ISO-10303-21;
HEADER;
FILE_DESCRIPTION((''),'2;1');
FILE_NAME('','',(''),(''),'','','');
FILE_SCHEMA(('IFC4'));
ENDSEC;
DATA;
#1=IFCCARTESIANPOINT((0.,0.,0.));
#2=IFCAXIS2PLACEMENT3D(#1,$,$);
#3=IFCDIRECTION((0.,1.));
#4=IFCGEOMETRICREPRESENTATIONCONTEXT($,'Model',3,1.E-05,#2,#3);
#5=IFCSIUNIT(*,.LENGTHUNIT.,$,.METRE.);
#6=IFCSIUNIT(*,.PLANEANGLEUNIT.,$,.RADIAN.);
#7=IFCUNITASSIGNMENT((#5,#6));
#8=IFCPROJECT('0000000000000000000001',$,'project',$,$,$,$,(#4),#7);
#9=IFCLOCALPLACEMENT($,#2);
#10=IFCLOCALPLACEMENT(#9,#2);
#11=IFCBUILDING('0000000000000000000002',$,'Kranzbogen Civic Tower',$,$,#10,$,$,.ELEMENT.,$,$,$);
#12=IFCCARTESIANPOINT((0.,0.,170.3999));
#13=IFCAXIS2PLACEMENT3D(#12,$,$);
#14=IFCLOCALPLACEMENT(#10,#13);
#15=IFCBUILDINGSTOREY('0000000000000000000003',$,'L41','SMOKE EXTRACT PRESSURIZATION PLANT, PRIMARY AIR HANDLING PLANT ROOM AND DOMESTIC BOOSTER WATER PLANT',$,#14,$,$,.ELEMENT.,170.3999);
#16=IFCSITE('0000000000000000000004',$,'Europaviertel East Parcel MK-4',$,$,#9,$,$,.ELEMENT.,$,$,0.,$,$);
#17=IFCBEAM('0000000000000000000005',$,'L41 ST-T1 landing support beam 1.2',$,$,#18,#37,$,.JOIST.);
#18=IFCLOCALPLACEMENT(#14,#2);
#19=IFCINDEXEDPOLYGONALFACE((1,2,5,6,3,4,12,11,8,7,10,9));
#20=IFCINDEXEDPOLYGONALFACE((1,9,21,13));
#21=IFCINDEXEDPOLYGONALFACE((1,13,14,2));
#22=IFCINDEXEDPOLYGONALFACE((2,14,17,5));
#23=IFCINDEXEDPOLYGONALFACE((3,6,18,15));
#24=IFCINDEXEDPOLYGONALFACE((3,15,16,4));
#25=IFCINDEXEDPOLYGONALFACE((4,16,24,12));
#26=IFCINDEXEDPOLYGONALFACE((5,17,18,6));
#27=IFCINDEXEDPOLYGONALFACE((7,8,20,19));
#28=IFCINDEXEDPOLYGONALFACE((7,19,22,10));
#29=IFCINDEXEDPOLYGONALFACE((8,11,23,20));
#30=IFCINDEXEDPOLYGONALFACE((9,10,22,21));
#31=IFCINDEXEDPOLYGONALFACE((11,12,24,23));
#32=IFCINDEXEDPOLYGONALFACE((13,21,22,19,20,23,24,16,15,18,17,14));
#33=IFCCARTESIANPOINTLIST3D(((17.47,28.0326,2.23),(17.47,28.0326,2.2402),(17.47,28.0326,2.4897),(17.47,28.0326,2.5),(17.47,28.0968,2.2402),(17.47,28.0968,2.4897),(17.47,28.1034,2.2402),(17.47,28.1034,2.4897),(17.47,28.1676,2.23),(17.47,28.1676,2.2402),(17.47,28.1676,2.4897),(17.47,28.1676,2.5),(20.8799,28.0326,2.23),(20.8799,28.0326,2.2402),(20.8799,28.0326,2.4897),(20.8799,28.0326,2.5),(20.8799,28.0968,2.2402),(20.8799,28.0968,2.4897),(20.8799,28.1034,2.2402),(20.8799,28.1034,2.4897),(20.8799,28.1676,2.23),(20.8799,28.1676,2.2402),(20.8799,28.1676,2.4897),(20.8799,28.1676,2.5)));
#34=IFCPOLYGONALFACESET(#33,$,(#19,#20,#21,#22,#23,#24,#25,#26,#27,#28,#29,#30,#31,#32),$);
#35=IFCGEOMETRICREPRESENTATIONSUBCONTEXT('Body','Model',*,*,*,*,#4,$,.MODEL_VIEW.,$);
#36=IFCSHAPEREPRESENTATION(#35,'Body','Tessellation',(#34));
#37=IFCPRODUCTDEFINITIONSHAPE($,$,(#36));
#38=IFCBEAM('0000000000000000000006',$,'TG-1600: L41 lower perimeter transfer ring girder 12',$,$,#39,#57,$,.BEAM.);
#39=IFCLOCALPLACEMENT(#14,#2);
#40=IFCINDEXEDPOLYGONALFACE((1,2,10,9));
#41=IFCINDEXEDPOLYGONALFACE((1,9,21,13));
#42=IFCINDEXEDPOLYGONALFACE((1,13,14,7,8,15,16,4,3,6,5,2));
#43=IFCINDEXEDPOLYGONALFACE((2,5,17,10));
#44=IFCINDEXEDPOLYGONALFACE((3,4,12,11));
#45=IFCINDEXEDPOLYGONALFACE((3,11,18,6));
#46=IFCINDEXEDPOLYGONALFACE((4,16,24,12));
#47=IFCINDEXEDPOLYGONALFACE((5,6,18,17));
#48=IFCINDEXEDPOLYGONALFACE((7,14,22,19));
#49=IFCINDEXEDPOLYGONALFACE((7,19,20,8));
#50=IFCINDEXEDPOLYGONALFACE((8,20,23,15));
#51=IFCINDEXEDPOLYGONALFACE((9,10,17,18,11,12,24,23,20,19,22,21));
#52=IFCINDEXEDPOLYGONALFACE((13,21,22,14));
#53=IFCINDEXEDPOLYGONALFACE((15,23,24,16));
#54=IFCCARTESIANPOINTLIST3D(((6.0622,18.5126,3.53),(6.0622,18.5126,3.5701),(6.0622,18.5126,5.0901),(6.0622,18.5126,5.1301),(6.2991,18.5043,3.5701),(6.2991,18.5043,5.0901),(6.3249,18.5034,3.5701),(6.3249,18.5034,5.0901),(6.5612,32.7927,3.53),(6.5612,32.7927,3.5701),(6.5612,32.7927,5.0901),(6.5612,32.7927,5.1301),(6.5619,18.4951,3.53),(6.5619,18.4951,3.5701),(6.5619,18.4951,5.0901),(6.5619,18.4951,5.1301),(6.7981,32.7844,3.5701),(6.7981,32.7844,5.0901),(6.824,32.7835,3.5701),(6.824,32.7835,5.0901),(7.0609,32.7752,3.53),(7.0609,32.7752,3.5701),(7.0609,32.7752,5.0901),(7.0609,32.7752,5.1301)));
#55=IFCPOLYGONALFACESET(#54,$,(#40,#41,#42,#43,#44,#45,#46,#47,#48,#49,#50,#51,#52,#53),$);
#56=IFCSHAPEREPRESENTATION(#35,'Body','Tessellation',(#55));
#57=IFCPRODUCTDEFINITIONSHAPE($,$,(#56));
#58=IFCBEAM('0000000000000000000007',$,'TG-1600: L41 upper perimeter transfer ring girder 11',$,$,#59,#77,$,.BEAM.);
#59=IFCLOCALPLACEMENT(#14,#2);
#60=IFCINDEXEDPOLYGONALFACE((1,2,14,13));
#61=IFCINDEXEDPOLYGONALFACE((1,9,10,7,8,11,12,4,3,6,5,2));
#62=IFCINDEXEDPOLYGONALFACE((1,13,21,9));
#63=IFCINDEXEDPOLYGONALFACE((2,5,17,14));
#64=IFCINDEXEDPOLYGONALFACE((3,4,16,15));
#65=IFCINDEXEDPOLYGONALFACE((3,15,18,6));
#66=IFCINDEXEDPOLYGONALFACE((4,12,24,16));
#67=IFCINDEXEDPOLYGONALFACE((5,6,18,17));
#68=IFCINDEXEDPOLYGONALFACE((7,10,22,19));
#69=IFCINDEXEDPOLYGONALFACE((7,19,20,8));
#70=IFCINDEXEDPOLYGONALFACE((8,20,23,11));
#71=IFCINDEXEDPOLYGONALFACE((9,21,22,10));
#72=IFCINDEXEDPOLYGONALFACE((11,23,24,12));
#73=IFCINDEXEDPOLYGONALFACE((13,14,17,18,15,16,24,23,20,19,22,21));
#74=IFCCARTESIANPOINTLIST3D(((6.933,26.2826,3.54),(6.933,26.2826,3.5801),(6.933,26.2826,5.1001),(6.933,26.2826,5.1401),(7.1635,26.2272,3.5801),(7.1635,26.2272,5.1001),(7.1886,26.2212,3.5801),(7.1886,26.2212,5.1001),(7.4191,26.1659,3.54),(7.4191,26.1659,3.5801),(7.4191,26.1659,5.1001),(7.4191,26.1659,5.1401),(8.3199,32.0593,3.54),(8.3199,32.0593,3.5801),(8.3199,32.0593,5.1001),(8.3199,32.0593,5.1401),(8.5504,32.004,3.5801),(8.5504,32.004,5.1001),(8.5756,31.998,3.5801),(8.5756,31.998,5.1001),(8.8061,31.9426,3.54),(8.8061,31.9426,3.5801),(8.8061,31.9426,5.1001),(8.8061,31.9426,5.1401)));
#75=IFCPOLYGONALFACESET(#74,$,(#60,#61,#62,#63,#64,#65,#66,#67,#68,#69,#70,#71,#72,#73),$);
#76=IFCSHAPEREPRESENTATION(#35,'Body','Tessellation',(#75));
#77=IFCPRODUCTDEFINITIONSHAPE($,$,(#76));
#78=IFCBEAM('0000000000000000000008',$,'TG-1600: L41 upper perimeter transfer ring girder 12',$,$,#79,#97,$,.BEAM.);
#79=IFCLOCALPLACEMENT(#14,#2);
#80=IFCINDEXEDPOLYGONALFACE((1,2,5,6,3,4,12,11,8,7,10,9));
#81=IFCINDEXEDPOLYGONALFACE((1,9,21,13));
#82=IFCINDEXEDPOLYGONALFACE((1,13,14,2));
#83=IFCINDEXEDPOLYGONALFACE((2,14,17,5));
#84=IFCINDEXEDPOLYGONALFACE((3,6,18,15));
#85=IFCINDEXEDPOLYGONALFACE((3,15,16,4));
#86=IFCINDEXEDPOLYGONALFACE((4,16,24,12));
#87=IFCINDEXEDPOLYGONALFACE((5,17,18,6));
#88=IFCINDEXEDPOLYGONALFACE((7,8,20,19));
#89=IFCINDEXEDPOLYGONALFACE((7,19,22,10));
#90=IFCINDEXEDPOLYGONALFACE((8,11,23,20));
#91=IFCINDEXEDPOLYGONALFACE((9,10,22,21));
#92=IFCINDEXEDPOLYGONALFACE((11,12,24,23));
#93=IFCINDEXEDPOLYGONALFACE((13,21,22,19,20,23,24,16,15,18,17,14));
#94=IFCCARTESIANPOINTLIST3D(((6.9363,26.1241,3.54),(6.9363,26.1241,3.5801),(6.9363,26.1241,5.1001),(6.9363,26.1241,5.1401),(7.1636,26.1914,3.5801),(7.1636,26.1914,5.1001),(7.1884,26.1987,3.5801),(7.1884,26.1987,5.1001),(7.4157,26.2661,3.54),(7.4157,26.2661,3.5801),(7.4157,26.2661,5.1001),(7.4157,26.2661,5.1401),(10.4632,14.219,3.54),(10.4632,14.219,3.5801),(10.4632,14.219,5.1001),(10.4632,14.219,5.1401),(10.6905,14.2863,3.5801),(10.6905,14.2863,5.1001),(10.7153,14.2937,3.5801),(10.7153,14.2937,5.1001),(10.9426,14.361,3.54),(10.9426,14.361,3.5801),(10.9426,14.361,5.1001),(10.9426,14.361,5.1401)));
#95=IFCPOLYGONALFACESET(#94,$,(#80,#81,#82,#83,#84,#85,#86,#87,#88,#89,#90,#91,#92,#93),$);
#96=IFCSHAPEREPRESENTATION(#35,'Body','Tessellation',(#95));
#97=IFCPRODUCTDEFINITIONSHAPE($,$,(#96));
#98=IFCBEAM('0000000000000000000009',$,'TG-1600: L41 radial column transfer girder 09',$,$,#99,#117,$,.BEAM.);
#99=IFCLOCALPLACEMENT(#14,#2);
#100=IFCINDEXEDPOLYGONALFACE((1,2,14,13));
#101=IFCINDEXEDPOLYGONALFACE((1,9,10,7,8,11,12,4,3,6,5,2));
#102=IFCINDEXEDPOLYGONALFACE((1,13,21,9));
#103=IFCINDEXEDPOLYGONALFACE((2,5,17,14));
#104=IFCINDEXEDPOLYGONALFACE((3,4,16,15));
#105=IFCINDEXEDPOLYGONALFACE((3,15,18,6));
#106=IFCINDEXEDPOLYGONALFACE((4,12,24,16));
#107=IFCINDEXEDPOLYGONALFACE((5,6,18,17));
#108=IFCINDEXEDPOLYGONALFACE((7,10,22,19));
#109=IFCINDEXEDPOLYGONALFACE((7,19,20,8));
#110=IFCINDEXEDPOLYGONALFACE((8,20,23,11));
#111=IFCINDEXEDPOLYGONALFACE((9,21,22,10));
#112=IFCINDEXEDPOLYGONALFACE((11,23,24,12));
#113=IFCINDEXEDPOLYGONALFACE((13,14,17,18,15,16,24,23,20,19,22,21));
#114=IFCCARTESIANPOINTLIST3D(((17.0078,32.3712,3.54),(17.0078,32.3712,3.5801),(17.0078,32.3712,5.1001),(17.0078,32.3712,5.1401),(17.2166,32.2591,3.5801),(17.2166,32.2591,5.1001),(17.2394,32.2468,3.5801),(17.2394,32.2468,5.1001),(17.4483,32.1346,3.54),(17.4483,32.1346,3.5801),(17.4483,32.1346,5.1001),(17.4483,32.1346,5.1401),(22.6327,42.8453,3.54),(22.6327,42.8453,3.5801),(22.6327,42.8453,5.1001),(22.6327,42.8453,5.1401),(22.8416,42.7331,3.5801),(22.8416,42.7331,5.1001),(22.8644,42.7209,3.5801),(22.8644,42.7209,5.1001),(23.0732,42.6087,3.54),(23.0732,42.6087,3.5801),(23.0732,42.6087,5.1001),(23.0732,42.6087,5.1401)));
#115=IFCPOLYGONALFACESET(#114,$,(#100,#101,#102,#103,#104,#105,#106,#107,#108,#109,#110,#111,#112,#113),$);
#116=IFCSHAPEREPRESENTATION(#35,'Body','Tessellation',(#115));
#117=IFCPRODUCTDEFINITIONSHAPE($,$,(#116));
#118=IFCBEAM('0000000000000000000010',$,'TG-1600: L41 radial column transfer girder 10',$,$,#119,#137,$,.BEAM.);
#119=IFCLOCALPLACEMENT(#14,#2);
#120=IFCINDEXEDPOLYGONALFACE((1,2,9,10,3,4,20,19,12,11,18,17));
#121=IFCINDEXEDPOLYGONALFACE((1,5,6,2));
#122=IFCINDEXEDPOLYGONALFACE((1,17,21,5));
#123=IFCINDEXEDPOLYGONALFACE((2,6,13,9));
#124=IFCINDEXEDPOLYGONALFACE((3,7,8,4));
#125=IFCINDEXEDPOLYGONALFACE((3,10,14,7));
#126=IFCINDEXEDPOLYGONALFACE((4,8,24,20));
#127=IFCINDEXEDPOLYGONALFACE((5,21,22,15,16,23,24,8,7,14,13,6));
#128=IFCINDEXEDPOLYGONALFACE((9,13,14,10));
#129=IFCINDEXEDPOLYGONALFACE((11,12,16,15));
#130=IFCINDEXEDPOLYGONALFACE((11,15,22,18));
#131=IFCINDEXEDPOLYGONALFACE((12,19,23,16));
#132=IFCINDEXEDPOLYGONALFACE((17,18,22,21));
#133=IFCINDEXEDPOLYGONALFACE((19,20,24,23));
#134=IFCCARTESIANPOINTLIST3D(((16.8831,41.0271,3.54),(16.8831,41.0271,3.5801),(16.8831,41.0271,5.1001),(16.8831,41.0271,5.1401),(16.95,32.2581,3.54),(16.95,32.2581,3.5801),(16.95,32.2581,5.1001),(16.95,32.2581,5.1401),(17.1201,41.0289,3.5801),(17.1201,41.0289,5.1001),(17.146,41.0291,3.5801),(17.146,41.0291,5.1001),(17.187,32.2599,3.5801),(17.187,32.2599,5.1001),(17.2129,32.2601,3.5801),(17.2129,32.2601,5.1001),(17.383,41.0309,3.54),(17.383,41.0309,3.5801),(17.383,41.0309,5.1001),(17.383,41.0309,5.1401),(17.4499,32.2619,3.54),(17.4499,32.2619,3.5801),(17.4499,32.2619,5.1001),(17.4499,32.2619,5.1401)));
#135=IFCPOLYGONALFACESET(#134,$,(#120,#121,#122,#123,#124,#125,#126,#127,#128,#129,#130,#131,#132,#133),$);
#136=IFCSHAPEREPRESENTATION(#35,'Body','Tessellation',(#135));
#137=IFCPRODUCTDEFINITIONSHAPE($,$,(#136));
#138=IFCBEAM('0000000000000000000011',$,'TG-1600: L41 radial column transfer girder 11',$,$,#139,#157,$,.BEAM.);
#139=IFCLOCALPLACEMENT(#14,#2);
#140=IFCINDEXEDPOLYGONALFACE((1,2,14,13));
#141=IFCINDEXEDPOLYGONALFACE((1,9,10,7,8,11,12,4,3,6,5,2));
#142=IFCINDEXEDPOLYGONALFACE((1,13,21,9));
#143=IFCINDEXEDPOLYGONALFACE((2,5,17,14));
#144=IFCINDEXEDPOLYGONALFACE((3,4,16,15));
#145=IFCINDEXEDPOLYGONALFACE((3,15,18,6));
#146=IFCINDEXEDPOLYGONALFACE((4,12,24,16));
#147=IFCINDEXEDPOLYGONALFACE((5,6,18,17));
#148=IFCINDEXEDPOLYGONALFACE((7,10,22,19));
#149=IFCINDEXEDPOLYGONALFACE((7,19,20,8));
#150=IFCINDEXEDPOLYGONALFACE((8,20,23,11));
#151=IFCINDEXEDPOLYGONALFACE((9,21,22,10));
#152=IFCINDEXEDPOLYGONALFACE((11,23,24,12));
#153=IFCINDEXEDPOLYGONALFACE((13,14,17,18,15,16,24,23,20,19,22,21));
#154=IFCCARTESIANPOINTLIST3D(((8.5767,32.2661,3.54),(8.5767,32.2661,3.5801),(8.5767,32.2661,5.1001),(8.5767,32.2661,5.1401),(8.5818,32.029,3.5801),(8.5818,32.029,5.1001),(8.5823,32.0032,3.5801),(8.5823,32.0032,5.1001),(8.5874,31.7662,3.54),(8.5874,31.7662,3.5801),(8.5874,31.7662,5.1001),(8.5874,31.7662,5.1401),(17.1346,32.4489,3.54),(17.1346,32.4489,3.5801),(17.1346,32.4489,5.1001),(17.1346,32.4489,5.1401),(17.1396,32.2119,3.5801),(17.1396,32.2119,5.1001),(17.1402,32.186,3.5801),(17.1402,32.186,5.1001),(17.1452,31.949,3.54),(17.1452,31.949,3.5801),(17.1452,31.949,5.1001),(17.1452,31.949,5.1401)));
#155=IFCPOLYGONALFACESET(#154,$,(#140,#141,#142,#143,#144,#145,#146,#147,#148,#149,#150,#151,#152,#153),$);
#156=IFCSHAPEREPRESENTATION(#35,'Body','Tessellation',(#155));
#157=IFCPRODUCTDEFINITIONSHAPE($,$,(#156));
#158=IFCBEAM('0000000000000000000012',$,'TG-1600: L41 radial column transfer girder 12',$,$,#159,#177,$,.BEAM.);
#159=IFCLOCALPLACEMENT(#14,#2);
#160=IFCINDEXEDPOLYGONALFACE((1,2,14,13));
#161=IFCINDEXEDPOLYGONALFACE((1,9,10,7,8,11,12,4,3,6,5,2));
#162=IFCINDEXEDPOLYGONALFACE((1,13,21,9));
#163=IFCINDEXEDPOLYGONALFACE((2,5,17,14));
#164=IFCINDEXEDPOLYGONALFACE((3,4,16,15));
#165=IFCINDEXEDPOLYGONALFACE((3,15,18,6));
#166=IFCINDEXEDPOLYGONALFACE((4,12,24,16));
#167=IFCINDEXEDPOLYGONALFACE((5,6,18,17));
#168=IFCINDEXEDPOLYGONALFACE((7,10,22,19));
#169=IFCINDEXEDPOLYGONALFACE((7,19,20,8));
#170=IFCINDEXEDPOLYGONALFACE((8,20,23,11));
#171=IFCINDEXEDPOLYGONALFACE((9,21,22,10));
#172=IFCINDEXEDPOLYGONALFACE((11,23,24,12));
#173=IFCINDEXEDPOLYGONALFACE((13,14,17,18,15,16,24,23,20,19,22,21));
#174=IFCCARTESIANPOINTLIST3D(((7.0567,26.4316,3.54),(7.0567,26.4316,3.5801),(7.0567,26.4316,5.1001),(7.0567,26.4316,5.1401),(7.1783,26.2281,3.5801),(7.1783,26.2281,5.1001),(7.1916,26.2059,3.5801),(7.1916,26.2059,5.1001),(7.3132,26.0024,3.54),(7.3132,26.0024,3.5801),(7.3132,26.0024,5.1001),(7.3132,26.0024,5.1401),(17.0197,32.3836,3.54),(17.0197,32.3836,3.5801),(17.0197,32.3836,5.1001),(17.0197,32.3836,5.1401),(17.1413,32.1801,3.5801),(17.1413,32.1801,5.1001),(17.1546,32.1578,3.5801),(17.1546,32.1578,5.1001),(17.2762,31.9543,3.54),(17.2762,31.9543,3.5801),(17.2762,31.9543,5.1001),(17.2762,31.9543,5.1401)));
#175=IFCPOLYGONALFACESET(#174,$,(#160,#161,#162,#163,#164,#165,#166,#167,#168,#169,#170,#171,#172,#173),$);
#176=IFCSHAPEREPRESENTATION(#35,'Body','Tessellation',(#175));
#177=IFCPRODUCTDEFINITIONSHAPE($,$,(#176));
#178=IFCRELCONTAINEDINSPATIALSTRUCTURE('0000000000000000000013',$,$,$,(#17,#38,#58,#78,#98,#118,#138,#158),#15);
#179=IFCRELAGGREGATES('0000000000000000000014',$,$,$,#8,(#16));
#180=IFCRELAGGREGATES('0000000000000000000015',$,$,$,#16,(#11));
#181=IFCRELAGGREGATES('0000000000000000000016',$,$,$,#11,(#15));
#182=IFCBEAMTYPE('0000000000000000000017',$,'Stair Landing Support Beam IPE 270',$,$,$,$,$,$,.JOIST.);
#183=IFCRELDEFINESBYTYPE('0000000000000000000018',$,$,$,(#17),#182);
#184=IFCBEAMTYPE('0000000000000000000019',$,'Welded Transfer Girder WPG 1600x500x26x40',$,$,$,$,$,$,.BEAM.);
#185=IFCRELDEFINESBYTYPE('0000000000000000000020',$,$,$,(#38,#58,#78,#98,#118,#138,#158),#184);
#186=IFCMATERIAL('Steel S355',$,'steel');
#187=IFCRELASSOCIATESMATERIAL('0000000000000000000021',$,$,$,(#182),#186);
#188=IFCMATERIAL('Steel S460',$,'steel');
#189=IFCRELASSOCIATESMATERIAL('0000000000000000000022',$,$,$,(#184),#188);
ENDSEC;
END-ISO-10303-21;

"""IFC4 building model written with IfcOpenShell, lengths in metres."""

from ifc_helpers import new_model, si_unit, direction, frame, origin, origin_2d, place, context, subcontext, project, spatial, i_section, extrude, material, material_profile, profile_set, type_object, element, save


model = new_model("IFC4")

# Units and contexts
model_context = context("Model", 3, precision=1e-05, world=origin(), true_north=direction((0.0, 1.0)))
body_context = subcontext(model_context, "Body", "Model", "MODEL_VIEW")
ifc_project = project(units=[si_unit("LENGTHUNIT", "METRE"), si_unit("PLANEANGLEUNIT", "RADIAN")], contexts=[model_context])

# Site, building, storey
site_placement = place(None, origin())
site = spatial("IfcSite", under=ifc_project, at=site_placement, Name="Europaviertel East Parcel MK-4", CompositionType="ELEMENT", RefElevation=0.0)
building_placement = place(site_placement, origin())
building = spatial("IfcBuilding", under=site, at=building_placement, Name="Kranzbogen Civic Tower", CompositionType="ELEMENT")
storey_placement = place(building_placement, frame((0.0, 0.0, 170.3999)))
storey = spatial("IfcBuildingStorey", under=building, at=storey_placement, Name="L41", Description="SMOKE EXTRACT PRESSURIZATION PLANT, PRIMARY AIR HANDLING PLANT ROOM AND DOMESTIC BOOSTER WATER PLANT", CompositionType="ELEMENT", Elevation=170.3999)

# Shared definitions
ifc_material_1 = material(Name="Steel S460", Category="steel")

# Shared definitions
ifc_material_2 = material(Name="Steel S355", Category="steel")

# Beams
ifc_material_profile_1 = material_profile(ifc_material_2, i_section(OverallWidth=0.135, OverallDepth=0.27, WebThickness=0.0066, FlangeThickness=0.0103, at=origin_2d()), Name="IPE 270")
ifc_profile_set_1 = profile_set([ifc_material_profile_1], Name="Steel S355")
beam_type_1 = type_object("IfcBeamType", Name="Stair Landing Support Beam IPE 270", PredefinedType="JOIST", material=ifc_profile_set_1)
for number, where, z_axis, x_axis, name in (
    (1, (20.8799, 28.1001, 2.365), (-1.0, 0.0, 0.0), (0.0, -1.0, 0.0), "L41 ST-T1 landing support beam 1.2"),
):
    element("IfcBeam", number, at=place(storey_placement, frame(where, z_axis=z_axis, x_axis=x_axis)), inside=storey, type_object=beam_type_1, Name=name, PredefinedType="JOIST", context=body_context, shape_type="SweptSolid", body=[
        extrude(i_section(OverallWidth=0.135, OverallDepth=0.27, WebThickness=0.0066, FlangeThickness=0.0103, at=origin_2d()), origin(), (0.0, 0.0, 1.0), 3.4099),
    ])
ifc_material_profile_2 = material_profile(ifc_material_1, i_section(OverallWidth=0.5, OverallDepth=1.6001, WebThickness=0.0259, FlangeThickness=0.04, at=origin_2d()), Name="WPG 1600x500x26x40")
ifc_profile_set_2 = profile_set([ifc_material_profile_2], Name="Steel S460")
beam_type_2 = type_object("IfcBeamType", Name="Welded Transfer Girder WPG 1600x500x26x40", PredefinedType="BEAM", material=ifc_profile_set_2)
beam_1_placement = place(storey_placement, frame((6.811, 32.7839, 4.3301), z_axis=(-0.034924, -0.99939, 0.0), x_axis=(0.99939, -0.034924, 0.0)))
element("IfcBeam", 2, at=beam_1_placement, inside=storey, type_object=beam_type_2, Name="TG-1600: L41 lower perimeter transfer ring girder 12", PredefinedType="BEAM", context=body_context, shape_type="SweptSolid", body=[
    extrude(i_section(OverallWidth=0.5, OverallDepth=1.6001, WebThickness=0.0259, FlangeThickness=0.04, at=origin_2d()), origin(), (0.0, 0.0, 1.0), 14.2888),
])
beam_2_placement = place(storey_placement, frame((8.563, 32.001, 4.3401), z_axis=(-0.233455, -0.972368, 0.0), x_axis=(0.972368, -0.233455, 0.0)))
element("IfcBeam", 3, at=beam_2_placement, inside=storey, type_object=beam_type_2, Name="TG-1600: L41 upper perimeter transfer ring girder 11", PredefinedType="BEAM", context=body_context, shape_type="SweptSolid", body=[
    extrude(i_section(OverallWidth=0.5, OverallDepth=1.6001, WebThickness=0.0259, FlangeThickness=0.04, at=origin_2d()), origin(), (0.0, 0.0, 1.0), 5.9409),
])
beam_3_placement = place(storey_placement, frame((7.176, 26.1951, 4.3401), z_axis=(0.284047, -0.95881, 0.0), x_axis=(0.95881, 0.284047, 0.0)))
element("IfcBeam", 4, at=beam_3_placement, inside=storey, type_object=beam_type_2, Name="TG-1600: L41 upper perimeter transfer ring girder 12", PredefinedType="BEAM", context=body_context, shape_type="SweptSolid", body=[
    extrude(i_section(OverallWidth=0.5, OverallDepth=1.6001, WebThickness=0.0259, FlangeThickness=0.04, at=origin_2d()), origin(), (0.0, 0.0, 1.0), 12.4165),
])
beam_4_placement = place(storey_placement, frame((17.228, 32.2529, 4.3401), z_axis=(0.473127, 0.880994, 0.0), x_axis=(-0.880994, 0.473127, 0.0)))
element("IfcBeam", 5, at=beam_4_placement, inside=storey, type_object=beam_type_2, Name="TG-1600: L41 radial column transfer girder 09", PredefinedType="BEAM", context=body_context, shape_type="SweptSolid", body=[
    extrude(i_section(OverallWidth=0.5, OverallDepth=1.6001, WebThickness=0.0259, FlangeThickness=0.04, at=origin_2d()), origin(), (0.0, 0.0, 1.0), 11.8889),
])
beam_5_placement = place(storey_placement, frame((17.2, 32.26, 4.3401), z_axis=(-0.007628, 0.999971, 0.0), x_axis=(-0.999971, -0.007628, 0.0)))
element("IfcBeam", 6, at=beam_5_placement, inside=storey, type_object=beam_type_2, Name="TG-1600: L41 radial column transfer girder 10", PredefinedType="BEAM", context=body_context, shape_type="SweptSolid", body=[
    extrude(i_section(OverallWidth=0.5, OverallDepth=1.6001, WebThickness=0.0259, FlangeThickness=0.04, at=origin_2d()), origin(), (0.0, 0.0, 1.0), 8.7693),
])
beam_6_placement = place(storey_placement, frame((17.1399, 32.199, 4.3401), z_axis=(-0.999772, -0.021363, 0.0), x_axis=(0.021363, -0.999772, 0.0)))
element("IfcBeam", 7, at=beam_6_placement, inside=storey, type_object=beam_type_2, Name="TG-1600: L41 radial column transfer girder 11", PredefinedType="BEAM", context=body_context, shape_type="SweptSolid", body=[
    extrude(i_section(OverallWidth=0.5, OverallDepth=1.6001, WebThickness=0.0259, FlangeThickness=0.04, at=origin_2d()), origin(), (0.0, 0.0, 1.0), 8.5598),
])
beam_7_placement = place(storey_placement, frame((17.1479, 32.1689, 4.3401), z_axis=(-0.858473, -0.512858, 0.0), x_axis=(0.512858, -0.858473, 0.0)))
element("IfcBeam", 8, at=beam_7_placement, inside=storey, type_object=beam_type_2, Name="TG-1600: L41 radial column transfer girder 12", PredefinedType="BEAM", context=body_context, shape_type="SweptSolid", body=[
    extrude(i_section(OverallWidth=0.5, OverallDepth=1.6001, WebThickness=0.0259, FlangeThickness=0.04, at=origin_2d()), origin(), (0.0, 0.0, 1.0), 11.6055),
])

save(model, "model.ifc")
